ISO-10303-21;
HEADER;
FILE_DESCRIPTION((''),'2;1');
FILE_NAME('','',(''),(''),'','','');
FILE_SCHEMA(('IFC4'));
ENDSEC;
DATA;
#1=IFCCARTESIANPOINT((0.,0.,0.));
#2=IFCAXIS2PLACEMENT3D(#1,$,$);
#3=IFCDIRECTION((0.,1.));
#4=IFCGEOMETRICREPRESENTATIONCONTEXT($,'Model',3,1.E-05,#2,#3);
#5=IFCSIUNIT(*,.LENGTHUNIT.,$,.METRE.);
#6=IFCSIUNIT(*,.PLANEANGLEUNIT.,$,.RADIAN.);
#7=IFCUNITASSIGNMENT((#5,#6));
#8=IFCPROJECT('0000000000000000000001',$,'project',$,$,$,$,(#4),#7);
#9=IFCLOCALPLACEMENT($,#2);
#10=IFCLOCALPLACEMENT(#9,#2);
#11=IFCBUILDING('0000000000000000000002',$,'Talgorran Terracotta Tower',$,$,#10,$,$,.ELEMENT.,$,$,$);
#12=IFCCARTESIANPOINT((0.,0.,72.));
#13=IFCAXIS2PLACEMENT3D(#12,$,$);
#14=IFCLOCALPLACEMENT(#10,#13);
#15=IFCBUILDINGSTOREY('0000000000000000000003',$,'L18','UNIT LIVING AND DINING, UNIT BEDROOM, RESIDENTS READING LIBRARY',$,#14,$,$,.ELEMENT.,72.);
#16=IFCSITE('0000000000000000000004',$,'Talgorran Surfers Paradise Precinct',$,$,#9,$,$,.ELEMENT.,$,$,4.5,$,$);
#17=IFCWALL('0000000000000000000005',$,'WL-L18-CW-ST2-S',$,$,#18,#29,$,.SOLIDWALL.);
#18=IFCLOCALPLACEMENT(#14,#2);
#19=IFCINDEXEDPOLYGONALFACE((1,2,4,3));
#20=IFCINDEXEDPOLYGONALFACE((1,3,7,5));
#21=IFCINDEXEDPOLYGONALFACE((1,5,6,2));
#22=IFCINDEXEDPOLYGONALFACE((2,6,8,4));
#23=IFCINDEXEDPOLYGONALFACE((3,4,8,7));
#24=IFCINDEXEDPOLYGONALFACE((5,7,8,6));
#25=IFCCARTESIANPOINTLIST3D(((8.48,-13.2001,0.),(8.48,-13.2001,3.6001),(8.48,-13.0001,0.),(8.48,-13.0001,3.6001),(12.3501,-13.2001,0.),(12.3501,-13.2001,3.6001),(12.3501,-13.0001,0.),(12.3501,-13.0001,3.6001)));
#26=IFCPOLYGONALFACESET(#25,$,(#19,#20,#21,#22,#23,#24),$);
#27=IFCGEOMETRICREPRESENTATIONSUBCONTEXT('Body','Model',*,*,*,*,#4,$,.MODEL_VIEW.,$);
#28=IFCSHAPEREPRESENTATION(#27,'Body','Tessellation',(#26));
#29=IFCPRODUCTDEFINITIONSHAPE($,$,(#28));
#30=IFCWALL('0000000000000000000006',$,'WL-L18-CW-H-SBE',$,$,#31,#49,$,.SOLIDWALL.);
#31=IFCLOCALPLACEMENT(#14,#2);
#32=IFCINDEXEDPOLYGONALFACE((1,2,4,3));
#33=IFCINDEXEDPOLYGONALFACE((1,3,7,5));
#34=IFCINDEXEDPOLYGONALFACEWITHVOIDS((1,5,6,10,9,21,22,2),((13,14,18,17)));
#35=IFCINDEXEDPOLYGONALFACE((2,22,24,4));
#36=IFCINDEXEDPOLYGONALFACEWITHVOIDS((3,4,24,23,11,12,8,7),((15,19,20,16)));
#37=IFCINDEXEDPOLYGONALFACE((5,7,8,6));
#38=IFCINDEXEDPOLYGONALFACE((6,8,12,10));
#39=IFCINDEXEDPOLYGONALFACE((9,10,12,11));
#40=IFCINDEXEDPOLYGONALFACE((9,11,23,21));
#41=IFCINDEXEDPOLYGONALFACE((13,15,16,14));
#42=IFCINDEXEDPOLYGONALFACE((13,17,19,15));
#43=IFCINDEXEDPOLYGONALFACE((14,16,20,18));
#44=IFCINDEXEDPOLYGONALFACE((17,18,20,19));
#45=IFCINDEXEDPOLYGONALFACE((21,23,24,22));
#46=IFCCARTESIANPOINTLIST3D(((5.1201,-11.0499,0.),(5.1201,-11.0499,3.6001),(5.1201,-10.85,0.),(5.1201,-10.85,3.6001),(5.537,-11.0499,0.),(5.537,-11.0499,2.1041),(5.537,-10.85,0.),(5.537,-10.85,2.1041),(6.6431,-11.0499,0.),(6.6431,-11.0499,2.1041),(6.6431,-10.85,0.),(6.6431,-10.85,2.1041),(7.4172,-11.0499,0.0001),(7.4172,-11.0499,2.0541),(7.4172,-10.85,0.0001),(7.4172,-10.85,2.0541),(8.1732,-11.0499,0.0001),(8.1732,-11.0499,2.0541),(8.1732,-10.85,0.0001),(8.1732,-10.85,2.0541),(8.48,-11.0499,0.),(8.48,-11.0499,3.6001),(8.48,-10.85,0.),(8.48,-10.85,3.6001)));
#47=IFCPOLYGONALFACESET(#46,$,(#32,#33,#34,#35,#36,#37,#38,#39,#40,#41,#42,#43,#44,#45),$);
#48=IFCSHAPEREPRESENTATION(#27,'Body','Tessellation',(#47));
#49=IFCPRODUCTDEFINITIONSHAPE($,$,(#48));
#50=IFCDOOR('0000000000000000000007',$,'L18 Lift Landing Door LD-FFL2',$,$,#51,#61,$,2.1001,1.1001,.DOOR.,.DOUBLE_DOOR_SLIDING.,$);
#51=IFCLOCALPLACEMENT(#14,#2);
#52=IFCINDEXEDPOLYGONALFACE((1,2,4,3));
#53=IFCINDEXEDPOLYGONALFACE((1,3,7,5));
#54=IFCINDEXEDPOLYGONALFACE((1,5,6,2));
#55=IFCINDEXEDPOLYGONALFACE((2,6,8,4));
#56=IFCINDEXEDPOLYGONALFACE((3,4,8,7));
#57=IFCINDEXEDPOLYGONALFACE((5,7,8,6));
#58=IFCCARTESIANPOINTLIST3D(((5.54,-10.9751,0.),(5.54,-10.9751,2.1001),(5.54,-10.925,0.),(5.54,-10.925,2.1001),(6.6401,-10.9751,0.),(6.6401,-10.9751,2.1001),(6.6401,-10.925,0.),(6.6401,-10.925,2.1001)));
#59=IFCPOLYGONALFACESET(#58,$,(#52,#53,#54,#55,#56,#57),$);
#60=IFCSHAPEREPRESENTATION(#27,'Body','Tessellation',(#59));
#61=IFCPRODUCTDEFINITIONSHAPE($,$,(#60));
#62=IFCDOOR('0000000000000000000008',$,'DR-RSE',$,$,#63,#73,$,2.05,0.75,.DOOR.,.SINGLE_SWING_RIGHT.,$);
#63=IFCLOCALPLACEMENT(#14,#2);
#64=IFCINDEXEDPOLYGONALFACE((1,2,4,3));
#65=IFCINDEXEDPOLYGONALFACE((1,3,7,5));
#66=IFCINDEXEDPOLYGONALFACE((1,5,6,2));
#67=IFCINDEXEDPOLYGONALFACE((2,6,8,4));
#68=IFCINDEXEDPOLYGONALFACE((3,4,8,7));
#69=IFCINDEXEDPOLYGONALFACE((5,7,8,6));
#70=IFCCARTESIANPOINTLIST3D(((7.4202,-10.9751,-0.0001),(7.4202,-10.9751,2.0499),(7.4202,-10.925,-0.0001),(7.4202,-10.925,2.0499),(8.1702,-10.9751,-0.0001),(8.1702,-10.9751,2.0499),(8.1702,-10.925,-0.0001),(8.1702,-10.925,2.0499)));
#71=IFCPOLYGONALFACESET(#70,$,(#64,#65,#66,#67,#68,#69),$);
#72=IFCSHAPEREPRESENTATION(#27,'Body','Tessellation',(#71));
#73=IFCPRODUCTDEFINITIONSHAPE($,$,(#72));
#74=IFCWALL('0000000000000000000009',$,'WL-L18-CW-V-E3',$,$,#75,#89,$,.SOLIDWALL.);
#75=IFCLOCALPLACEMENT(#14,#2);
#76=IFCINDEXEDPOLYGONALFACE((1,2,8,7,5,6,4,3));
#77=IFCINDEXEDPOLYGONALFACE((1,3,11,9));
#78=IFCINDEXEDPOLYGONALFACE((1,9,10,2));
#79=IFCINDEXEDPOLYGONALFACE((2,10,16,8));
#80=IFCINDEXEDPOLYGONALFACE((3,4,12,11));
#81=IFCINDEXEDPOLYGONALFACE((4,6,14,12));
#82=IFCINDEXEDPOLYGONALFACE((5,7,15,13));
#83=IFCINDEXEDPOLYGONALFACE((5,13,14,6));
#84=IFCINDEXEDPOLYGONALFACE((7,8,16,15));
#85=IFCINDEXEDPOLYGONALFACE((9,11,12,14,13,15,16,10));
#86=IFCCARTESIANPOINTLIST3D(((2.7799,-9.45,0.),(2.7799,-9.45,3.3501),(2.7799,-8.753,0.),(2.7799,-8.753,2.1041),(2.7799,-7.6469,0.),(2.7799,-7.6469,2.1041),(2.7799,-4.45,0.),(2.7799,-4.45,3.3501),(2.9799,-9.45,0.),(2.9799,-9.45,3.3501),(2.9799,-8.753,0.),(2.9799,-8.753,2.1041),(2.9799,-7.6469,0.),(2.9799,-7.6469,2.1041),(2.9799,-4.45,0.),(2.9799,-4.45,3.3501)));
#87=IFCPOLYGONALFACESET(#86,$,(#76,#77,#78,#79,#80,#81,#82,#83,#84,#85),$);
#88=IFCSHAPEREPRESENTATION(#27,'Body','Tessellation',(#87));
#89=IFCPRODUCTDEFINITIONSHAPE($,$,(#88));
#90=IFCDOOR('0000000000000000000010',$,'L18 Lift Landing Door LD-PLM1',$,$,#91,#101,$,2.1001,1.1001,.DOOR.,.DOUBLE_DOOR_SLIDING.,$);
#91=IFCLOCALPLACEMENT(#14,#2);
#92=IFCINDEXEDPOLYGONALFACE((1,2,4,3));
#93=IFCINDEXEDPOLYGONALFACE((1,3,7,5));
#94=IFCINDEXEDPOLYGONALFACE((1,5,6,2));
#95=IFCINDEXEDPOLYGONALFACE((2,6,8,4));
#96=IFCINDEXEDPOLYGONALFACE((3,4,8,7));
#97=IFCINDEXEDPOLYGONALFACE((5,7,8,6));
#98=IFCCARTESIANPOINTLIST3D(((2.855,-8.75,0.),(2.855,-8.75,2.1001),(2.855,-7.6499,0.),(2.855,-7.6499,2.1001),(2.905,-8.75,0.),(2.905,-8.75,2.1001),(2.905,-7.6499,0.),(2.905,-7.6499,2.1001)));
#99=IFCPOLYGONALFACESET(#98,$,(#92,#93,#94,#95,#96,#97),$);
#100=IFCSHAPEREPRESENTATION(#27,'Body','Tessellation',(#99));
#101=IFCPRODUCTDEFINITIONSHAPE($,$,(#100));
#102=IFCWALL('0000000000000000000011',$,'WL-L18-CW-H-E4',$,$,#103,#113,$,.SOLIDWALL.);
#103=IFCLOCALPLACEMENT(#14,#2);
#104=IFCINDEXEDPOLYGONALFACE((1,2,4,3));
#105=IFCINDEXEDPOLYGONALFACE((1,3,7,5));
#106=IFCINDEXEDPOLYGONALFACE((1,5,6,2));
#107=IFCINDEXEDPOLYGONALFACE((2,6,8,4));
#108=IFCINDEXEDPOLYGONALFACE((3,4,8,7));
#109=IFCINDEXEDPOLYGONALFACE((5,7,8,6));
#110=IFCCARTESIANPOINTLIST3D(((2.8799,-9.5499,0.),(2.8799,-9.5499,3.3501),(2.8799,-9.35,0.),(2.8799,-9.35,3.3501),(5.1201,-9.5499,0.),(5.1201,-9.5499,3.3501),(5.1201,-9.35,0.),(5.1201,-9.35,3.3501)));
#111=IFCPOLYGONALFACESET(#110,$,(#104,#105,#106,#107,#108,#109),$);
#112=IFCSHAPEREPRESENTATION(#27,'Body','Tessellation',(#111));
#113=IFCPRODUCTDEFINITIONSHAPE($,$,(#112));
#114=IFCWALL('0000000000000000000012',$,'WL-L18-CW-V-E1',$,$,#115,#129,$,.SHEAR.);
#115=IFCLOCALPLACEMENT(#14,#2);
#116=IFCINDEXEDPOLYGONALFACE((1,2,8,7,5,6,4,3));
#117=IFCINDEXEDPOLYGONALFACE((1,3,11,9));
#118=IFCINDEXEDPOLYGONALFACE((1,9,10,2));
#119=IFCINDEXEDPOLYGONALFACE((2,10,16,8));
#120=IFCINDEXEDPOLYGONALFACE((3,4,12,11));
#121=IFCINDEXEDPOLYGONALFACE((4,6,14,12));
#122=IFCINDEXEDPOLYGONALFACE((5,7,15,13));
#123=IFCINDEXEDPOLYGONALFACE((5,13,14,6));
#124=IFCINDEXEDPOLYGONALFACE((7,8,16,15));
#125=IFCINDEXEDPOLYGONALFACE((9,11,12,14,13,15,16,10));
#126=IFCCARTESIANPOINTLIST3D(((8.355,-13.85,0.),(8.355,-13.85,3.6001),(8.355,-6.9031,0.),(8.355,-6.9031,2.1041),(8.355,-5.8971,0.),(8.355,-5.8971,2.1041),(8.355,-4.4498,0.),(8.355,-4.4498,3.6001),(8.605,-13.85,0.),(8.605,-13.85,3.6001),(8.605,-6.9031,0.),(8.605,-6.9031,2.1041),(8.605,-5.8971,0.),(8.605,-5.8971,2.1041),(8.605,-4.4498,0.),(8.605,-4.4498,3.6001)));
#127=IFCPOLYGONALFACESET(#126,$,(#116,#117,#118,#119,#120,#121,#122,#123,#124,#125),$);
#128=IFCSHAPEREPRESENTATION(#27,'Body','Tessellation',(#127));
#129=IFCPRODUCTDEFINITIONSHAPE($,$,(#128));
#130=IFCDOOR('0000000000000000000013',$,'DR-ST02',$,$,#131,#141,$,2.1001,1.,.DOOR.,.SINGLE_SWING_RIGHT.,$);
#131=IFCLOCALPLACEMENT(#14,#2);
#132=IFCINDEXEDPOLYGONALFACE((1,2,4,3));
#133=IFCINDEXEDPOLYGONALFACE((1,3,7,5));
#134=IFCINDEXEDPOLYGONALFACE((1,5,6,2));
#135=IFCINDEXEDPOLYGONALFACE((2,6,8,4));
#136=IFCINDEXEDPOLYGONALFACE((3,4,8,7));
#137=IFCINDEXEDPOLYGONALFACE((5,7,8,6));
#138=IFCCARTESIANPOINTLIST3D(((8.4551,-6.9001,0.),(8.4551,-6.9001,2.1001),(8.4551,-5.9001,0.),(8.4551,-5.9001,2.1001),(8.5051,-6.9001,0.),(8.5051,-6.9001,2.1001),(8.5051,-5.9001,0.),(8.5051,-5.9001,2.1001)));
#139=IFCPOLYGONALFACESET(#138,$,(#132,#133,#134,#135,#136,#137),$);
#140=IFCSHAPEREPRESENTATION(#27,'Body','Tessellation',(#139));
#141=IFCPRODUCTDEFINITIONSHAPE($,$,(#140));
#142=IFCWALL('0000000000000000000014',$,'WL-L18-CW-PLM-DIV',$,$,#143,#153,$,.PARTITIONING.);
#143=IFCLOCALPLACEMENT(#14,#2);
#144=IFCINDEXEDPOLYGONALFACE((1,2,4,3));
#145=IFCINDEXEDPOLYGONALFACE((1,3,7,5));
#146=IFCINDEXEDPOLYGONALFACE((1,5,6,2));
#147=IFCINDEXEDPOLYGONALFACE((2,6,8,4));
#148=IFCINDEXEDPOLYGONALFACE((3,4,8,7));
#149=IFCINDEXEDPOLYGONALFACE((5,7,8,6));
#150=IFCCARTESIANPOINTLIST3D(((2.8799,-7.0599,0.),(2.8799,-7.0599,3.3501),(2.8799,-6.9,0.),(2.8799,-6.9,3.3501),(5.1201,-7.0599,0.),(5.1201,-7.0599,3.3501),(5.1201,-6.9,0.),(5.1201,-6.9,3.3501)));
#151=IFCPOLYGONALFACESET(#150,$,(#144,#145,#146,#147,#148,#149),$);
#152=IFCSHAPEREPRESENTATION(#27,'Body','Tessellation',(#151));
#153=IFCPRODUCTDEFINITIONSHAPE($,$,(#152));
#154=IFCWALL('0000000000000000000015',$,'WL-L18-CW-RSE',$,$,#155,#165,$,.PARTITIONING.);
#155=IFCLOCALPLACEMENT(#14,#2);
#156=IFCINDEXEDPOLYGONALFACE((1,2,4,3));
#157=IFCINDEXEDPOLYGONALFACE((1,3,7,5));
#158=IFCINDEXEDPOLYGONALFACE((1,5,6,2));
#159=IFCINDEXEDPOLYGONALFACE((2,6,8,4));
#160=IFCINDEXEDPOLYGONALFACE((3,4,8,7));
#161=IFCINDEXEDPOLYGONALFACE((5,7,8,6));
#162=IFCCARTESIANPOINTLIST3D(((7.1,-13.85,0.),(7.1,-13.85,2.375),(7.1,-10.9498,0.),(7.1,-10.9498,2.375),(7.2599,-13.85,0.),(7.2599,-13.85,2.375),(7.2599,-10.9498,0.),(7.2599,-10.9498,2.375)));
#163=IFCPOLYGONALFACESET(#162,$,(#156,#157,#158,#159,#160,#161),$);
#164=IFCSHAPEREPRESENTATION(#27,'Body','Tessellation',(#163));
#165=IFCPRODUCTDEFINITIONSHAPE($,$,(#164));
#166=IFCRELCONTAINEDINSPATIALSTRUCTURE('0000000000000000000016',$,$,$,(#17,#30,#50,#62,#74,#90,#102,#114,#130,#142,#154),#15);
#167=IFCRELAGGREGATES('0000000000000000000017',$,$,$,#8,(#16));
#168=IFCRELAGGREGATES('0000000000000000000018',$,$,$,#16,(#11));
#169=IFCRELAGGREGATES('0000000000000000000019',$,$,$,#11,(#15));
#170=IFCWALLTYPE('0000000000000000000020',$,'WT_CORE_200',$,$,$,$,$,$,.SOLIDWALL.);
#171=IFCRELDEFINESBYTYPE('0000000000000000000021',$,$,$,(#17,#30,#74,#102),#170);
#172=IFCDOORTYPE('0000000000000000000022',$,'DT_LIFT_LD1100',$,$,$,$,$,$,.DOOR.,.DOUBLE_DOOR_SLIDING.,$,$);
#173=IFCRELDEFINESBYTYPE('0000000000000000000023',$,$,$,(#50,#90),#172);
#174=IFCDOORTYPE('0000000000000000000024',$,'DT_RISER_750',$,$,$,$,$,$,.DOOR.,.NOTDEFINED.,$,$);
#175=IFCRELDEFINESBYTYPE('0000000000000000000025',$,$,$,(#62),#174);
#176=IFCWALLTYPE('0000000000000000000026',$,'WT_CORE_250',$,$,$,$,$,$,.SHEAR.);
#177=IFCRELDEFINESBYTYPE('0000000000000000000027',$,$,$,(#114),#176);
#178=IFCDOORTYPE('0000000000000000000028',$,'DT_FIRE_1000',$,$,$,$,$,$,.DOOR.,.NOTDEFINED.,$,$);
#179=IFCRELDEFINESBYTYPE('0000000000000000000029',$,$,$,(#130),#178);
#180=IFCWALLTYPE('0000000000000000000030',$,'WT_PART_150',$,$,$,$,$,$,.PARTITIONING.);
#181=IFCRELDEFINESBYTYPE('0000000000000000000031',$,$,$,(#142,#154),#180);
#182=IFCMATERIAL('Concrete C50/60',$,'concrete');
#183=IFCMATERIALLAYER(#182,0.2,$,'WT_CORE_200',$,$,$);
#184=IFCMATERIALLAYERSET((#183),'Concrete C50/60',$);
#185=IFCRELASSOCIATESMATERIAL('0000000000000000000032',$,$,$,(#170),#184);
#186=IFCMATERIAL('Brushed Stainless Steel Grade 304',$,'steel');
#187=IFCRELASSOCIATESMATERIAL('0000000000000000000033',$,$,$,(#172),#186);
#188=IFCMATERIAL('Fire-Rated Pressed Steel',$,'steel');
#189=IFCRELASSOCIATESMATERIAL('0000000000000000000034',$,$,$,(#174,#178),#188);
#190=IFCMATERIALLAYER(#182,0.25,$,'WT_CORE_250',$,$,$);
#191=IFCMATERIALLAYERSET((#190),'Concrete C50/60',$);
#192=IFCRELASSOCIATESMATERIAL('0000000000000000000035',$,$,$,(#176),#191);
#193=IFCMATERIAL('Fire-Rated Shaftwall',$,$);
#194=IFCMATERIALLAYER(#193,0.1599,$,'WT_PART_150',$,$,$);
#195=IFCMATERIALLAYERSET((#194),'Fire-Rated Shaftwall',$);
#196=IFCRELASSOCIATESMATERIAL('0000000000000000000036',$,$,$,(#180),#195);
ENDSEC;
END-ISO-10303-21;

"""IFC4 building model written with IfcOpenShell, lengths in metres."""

from ifc_helpers import new_model, si_unit, direction, frame, frame_2d, origin, place, context, subcontext, project, spatial, rectangle, extrude, material, layer, layer_set, type_object, element, fill, save


model = new_model("IFC4")

# Units and contexts
model_context = context("Model", 3, precision=1e-05, world=origin(), true_north=direction((0.0, 1.0)))
body_context = subcontext(model_context, "Body", "Model", "MODEL_VIEW")
ifc_project = project(units=[si_unit("LENGTHUNIT", "METRE"), si_unit("PLANEANGLEUNIT", "RADIAN")], contexts=[model_context])

# Site, building, storey
site_placement = place(None, origin())
site = spatial("IfcSite", under=ifc_project, at=site_placement, Name="Talgorran Surfers Paradise Precinct", CompositionType="ELEMENT", RefElevation=4.5)
building_placement = place(site_placement, origin())
building = spatial("IfcBuilding", under=site, at=building_placement, Name="Talgorran Terracotta Tower", CompositionType="ELEMENT")
storey_placement = place(building_placement, frame((0.0, 0.0, 72.0)))
storey = spatial("IfcBuildingStorey", under=building, at=storey_placement, Name="L18", Description="UNIT LIVING AND DINING, UNIT BEDROOM, RESIDENTS READING LIBRARY", CompositionType="ELEMENT", Elevation=72.0)

# Wall
ifc_material_1 = material(Name="Concrete C50/60", Category="concrete")
ifc_layer_1 = layer(ifc_material_1, 0.2, Name="WT_CORE_200")
ifc_layer_set_1 = layer_set([ifc_layer_1], Name="Concrete C50/60")
wall_type_1 = type_object("IfcWallType", Name="WT_CORE_200", PredefinedType="SOLIDWALL", material=ifc_layer_set_1)
for number, where, z_axis, x_axis, name in (
    (1, (8.48, -13.1001, 0.0), (0.0, 0.0, 1.0), (1.0, 0.0, 0.0), "WL-L18-CW-ST2-S"),
):
    element("IfcWall", number, at=place(storey_placement, frame(where, z_axis=z_axis, x_axis=x_axis)), inside=storey, type_object=wall_type_1, Name=name, PredefinedType="SOLIDWALL", context=body_context, shape_type="SweptSolid", body=[
        extrude(rectangle(XDim=3.8701, YDim=0.2, at=frame_2d((1.9351, 0.0))), origin(), (0.0, 0.0, 1.0), 3.6001),
    ])

# Wall, openings, doors
wall_1_placement = place(storey_placement, frame((5.1201, -10.95, 0.0), z_axis=(0.0, 0.0, 1.0), x_axis=(1.0, 0.0, 0.0)))
wall_1 = element("IfcWall", 2, at=wall_1_placement, inside=storey, type_object=wall_type_1, Name="WL-L18-CW-H-SBE", PredefinedType="SOLIDWALL", context=body_context, shape_type="SweptSolid", body=[
    extrude(rectangle(XDim=3.3599, YDim=0.2, at=frame_2d((1.6799, 0.0))), origin(), (0.0, 0.0, 1.0), 3.6001),
])
opening_1_placement = place(wall_1_placement, frame((0.4199, 0.0, 0.0)))
opening_1 = element("IfcOpeningElement", 3, at=opening_1_placement, cuts=wall_1, PredefinedType="OPENING", context=body_context, shape_type="SweptSolid", body=[
    extrude(rectangle(XDim=1.1061, YDim=2.1041, at=frame_2d((0.55, 1.052))), frame((0.0, 0.1099, 0.0), z_axis=(0.0, -1.0, 0.0), x_axis=(1.0, 0.0, 0.0)), (0.0, 0.0, 1.0), 0.22),
])
opening_2_placement = place(wall_1_placement, frame((2.3, 0.0, 0.0)))
opening_2 = element("IfcOpeningElement", 4, at=opening_2_placement, cuts=wall_1, PredefinedType="OPENING", context=body_context, shape_type="SweptSolid", body=[
    extrude(rectangle(XDim=0.756, YDim=2.054, at=frame_2d((0.375, 1.0271))), frame((0.0, 0.1099, 0.0), z_axis=(0.0, -1.0, 0.0), x_axis=(1.0, 0.0, 0.0)), (0.0, 0.0, 1.0), 0.22),
])
ifc_material_2 = material(Name="Brushed Stainless Steel Grade 304", Category="steel")
door_type_1 = type_object("IfcDoorType", Name="DT_LIFT_LD1100", OperationType="DOUBLE_DOOR_SLIDING", PredefinedType="DOOR", material=ifc_material_2)
door_1_placement = place(opening_1_placement, origin())
door_1 = element("IfcDoor", 5, at=door_1_placement, inside=storey, type_object=door_type_1, Name="L18 Lift Landing Door LD-FFL2", OperationType="DOUBLE_DOOR_SLIDING", OverallHeight=2.1001, OverallWidth=1.1001, PredefinedType="DOOR", context=body_context, shape_type="SweptSolid", body=[
    extrude(rectangle(XDim=1.1001, YDim=2.1001, at=frame_2d((0.55, 1.05))), frame((0.0, 0.0249, 0.0), z_axis=(0.0, -1.0, 0.0), x_axis=(1.0, 0.0, 0.0)), (0.0, 0.0, 1.0), 0.05),
])
fill(opening_1, door_1)
ifc_material_3 = material(Name="Fire-Rated Pressed Steel", Category="steel")
door_type_2 = type_object("IfcDoorType", Name="DT_RISER_750", OperationType="NOTDEFINED", PredefinedType="DOOR", material=ifc_material_3)
door_2_placement = place(opening_2_placement, origin())
door_2 = element("IfcDoor", 6, at=door_2_placement, inside=storey, type_object=door_type_2, Name="DR-RSE", OperationType="SINGLE_SWING_RIGHT", OverallHeight=2.05, OverallWidth=0.75, PredefinedType="DOOR", context=body_context, shape_type="SweptSolid", body=[
    extrude(rectangle(XDim=0.75, YDim=2.05, at=frame_2d((0.375, 1.0249))), frame((0.0, 0.0249, 0.0), z_axis=(0.0, -1.0, 0.0), x_axis=(1.0, 0.0, 0.0)), (0.0, 0.0, 1.0), 0.05),
])
fill(opening_2, door_2)

# Wall, opening, door
wall_2_placement = place(storey_placement, frame((2.8799, -9.45, 0.0), z_axis=(0.0, 0.0, 1.0), x_axis=(0.0, 1.0, 0.0)))
wall_2 = element("IfcWall", 7, at=wall_2_placement, inside=storey, type_object=wall_type_1, Name="WL-L18-CW-V-E3", PredefinedType="SOLIDWALL", context=body_context, shape_type="SweptSolid", body=[
    extrude(rectangle(XDim=5.0, YDim=0.2, at=frame_2d((2.5, 0.0))), origin(), (0.0, 0.0, 1.0), 3.3501),
])
opening_3_placement = place(wall_2_placement, frame((0.7, 0.0, 0.0)))
opening_3 = element("IfcOpeningElement", 8, at=opening_3_placement, cuts=wall_2, PredefinedType="OPENING", context=body_context, shape_type="SweptSolid", body=[
    extrude(rectangle(XDim=1.1061, YDim=2.1041, at=frame_2d((0.55, 1.052))), frame((0.0, 0.1099, 0.0), z_axis=(0.0, -1.0, 0.0), x_axis=(1.0, 0.0, 0.0)), (0.0, 0.0, 1.0), 0.22),
])
door_3_placement = place(opening_3_placement, origin())
door_3 = element("IfcDoor", 9, at=door_3_placement, inside=storey, type_object=door_type_1, Name="L18 Lift Landing Door LD-PLM1", OperationType="DOUBLE_DOOR_SLIDING", OverallHeight=2.1001, OverallWidth=1.1001, PredefinedType="DOOR", context=body_context, shape_type="SweptSolid", body=[
    extrude(rectangle(XDim=1.1001, YDim=2.1001, at=frame_2d((0.55, 1.05))), frame((0.0, 0.0249, 0.0), z_axis=(0.0, -1.0, 0.0), x_axis=(1.0, 0.0, 0.0)), (0.0, 0.0, 1.0), 0.05),
])
fill(opening_3, door_3)

# Wall
wall_3_placement = place(storey_placement, frame((2.8799, -9.45, 0.0), z_axis=(0.0, 0.0, 1.0), x_axis=(1.0, 0.0, 0.0)))
element("IfcWall", 10, at=wall_3_placement, inside=storey, type_object=wall_type_1, Name="WL-L18-CW-H-E4", PredefinedType="SOLIDWALL", context=body_context, shape_type="SweptSolid", body=[
    extrude(rectangle(XDim=2.2402, YDim=0.2, at=frame_2d((1.1201, 0.0))), origin(), (0.0, 0.0, 1.0), 3.3501),
])

# Wall, opening, door
ifc_layer_2 = layer(ifc_material_1, 0.25, Name="WT_CORE_250")
ifc_layer_set_2 = layer_set([ifc_layer_2], Name="Concrete C50/60")
wall_type_2 = type_object("IfcWallType", Name="WT_CORE_250", PredefinedType="SHEAR", material=ifc_layer_set_2)
wall_4_placement = place(storey_placement, frame((8.48, -13.8501, 0.0), z_axis=(0.0, 0.0, 1.0), x_axis=(0.0, 1.0, 0.0)))
wall_4 = element("IfcWall", 11, at=wall_4_placement, inside=storey, type_object=wall_type_2, Name="WL-L18-CW-V-E1", PredefinedType="SHEAR", context=body_context, shape_type="SweptSolid", body=[
    extrude(rectangle(XDim=9.4001, YDim=0.25, at=frame_2d((4.7002, 0.0))), origin(), (0.0, 0.0, 1.0), 3.6001),
])
opening_4_placement = place(wall_4_placement, frame((6.95, 0.0, 0.0)))
opening_4 = element("IfcOpeningElement", 12, at=opening_4_placement, cuts=wall_4, PredefinedType="OPENING", context=body_context, shape_type="SweptSolid", body=[
    extrude(rectangle(XDim=1.006, YDim=2.1041, at=frame_2d((0.5, 1.052))), frame((0.0, 0.135, 0.0), z_axis=(0.0, -1.0, 0.0), x_axis=(1.0, 0.0, 0.0)), (0.0, 0.0, 1.0), 0.27),
])
door_type_3 = type_object("IfcDoorType", Name="DT_FIRE_1000", OperationType="NOTDEFINED", PredefinedType="DOOR", material=ifc_material_3)
door_4_placement = place(opening_4_placement, origin())
door_4 = element("IfcDoor", 13, at=door_4_placement, inside=storey, type_object=door_type_3, Name="DR-ST02", OperationType="SINGLE_SWING_RIGHT", OverallHeight=2.1001, OverallWidth=1.0, PredefinedType="DOOR", context=body_context, shape_type="SweptSolid", body=[
    extrude(rectangle(XDim=1.0, YDim=2.1001, at=frame_2d((0.5, 1.05))), frame((0.0, 0.0249, 0.0), z_axis=(0.0, -1.0, 0.0), x_axis=(1.0, 0.0, 0.0)), (0.0, 0.0, 1.0), 0.05),
])
fill(opening_4, door_4)

# Walls
ifc_material_4 = material(Name="Fire-Rated Shaftwall")
ifc_layer_3 = layer(ifc_material_4, 0.1599, Name="WT_PART_150")
ifc_layer_set_3 = layer_set([ifc_layer_3], Name="Fire-Rated Shaftwall")
wall_type_3 = type_object("IfcWallType", Name="WT_PART_150", PredefinedType="PARTITIONING", material=ifc_layer_set_3)
wall_5_placement = place(storey_placement, frame((2.8799, -6.98, 0.0), z_axis=(0.0, 0.0, 1.0), x_axis=(1.0, 0.0, 0.0)))
element("IfcWall", 14, at=wall_5_placement, inside=storey, type_object=wall_type_3, Name="WL-L18-CW-PLM-DIV", PredefinedType="PARTITIONING", context=body_context, shape_type="SweptSolid", body=[
    extrude(rectangle(XDim=2.2402, YDim=0.1599, at=frame_2d((1.1201, 0.0))), origin(), (0.0, 0.0, 1.0), 3.3501),
])
wall_6_placement = place(storey_placement, frame((7.1799, -13.8501, 0.0), z_axis=(0.0, 0.0, 1.0), x_axis=(0.0, 1.0, 0.0)))
element("IfcWall", 15, at=wall_6_placement, inside=storey, type_object=wall_type_3, Name="WL-L18-CW-RSE", PredefinedType="PARTITIONING", context=body_context, shape_type="SweptSolid", body=[
    extrude(rectangle(XDim=2.9001, YDim=0.1599, at=frame_2d((1.4502, 0.0))), origin(), (0.0, 0.0, 1.0), 2.375),
])

save(model, "model.ifc")
